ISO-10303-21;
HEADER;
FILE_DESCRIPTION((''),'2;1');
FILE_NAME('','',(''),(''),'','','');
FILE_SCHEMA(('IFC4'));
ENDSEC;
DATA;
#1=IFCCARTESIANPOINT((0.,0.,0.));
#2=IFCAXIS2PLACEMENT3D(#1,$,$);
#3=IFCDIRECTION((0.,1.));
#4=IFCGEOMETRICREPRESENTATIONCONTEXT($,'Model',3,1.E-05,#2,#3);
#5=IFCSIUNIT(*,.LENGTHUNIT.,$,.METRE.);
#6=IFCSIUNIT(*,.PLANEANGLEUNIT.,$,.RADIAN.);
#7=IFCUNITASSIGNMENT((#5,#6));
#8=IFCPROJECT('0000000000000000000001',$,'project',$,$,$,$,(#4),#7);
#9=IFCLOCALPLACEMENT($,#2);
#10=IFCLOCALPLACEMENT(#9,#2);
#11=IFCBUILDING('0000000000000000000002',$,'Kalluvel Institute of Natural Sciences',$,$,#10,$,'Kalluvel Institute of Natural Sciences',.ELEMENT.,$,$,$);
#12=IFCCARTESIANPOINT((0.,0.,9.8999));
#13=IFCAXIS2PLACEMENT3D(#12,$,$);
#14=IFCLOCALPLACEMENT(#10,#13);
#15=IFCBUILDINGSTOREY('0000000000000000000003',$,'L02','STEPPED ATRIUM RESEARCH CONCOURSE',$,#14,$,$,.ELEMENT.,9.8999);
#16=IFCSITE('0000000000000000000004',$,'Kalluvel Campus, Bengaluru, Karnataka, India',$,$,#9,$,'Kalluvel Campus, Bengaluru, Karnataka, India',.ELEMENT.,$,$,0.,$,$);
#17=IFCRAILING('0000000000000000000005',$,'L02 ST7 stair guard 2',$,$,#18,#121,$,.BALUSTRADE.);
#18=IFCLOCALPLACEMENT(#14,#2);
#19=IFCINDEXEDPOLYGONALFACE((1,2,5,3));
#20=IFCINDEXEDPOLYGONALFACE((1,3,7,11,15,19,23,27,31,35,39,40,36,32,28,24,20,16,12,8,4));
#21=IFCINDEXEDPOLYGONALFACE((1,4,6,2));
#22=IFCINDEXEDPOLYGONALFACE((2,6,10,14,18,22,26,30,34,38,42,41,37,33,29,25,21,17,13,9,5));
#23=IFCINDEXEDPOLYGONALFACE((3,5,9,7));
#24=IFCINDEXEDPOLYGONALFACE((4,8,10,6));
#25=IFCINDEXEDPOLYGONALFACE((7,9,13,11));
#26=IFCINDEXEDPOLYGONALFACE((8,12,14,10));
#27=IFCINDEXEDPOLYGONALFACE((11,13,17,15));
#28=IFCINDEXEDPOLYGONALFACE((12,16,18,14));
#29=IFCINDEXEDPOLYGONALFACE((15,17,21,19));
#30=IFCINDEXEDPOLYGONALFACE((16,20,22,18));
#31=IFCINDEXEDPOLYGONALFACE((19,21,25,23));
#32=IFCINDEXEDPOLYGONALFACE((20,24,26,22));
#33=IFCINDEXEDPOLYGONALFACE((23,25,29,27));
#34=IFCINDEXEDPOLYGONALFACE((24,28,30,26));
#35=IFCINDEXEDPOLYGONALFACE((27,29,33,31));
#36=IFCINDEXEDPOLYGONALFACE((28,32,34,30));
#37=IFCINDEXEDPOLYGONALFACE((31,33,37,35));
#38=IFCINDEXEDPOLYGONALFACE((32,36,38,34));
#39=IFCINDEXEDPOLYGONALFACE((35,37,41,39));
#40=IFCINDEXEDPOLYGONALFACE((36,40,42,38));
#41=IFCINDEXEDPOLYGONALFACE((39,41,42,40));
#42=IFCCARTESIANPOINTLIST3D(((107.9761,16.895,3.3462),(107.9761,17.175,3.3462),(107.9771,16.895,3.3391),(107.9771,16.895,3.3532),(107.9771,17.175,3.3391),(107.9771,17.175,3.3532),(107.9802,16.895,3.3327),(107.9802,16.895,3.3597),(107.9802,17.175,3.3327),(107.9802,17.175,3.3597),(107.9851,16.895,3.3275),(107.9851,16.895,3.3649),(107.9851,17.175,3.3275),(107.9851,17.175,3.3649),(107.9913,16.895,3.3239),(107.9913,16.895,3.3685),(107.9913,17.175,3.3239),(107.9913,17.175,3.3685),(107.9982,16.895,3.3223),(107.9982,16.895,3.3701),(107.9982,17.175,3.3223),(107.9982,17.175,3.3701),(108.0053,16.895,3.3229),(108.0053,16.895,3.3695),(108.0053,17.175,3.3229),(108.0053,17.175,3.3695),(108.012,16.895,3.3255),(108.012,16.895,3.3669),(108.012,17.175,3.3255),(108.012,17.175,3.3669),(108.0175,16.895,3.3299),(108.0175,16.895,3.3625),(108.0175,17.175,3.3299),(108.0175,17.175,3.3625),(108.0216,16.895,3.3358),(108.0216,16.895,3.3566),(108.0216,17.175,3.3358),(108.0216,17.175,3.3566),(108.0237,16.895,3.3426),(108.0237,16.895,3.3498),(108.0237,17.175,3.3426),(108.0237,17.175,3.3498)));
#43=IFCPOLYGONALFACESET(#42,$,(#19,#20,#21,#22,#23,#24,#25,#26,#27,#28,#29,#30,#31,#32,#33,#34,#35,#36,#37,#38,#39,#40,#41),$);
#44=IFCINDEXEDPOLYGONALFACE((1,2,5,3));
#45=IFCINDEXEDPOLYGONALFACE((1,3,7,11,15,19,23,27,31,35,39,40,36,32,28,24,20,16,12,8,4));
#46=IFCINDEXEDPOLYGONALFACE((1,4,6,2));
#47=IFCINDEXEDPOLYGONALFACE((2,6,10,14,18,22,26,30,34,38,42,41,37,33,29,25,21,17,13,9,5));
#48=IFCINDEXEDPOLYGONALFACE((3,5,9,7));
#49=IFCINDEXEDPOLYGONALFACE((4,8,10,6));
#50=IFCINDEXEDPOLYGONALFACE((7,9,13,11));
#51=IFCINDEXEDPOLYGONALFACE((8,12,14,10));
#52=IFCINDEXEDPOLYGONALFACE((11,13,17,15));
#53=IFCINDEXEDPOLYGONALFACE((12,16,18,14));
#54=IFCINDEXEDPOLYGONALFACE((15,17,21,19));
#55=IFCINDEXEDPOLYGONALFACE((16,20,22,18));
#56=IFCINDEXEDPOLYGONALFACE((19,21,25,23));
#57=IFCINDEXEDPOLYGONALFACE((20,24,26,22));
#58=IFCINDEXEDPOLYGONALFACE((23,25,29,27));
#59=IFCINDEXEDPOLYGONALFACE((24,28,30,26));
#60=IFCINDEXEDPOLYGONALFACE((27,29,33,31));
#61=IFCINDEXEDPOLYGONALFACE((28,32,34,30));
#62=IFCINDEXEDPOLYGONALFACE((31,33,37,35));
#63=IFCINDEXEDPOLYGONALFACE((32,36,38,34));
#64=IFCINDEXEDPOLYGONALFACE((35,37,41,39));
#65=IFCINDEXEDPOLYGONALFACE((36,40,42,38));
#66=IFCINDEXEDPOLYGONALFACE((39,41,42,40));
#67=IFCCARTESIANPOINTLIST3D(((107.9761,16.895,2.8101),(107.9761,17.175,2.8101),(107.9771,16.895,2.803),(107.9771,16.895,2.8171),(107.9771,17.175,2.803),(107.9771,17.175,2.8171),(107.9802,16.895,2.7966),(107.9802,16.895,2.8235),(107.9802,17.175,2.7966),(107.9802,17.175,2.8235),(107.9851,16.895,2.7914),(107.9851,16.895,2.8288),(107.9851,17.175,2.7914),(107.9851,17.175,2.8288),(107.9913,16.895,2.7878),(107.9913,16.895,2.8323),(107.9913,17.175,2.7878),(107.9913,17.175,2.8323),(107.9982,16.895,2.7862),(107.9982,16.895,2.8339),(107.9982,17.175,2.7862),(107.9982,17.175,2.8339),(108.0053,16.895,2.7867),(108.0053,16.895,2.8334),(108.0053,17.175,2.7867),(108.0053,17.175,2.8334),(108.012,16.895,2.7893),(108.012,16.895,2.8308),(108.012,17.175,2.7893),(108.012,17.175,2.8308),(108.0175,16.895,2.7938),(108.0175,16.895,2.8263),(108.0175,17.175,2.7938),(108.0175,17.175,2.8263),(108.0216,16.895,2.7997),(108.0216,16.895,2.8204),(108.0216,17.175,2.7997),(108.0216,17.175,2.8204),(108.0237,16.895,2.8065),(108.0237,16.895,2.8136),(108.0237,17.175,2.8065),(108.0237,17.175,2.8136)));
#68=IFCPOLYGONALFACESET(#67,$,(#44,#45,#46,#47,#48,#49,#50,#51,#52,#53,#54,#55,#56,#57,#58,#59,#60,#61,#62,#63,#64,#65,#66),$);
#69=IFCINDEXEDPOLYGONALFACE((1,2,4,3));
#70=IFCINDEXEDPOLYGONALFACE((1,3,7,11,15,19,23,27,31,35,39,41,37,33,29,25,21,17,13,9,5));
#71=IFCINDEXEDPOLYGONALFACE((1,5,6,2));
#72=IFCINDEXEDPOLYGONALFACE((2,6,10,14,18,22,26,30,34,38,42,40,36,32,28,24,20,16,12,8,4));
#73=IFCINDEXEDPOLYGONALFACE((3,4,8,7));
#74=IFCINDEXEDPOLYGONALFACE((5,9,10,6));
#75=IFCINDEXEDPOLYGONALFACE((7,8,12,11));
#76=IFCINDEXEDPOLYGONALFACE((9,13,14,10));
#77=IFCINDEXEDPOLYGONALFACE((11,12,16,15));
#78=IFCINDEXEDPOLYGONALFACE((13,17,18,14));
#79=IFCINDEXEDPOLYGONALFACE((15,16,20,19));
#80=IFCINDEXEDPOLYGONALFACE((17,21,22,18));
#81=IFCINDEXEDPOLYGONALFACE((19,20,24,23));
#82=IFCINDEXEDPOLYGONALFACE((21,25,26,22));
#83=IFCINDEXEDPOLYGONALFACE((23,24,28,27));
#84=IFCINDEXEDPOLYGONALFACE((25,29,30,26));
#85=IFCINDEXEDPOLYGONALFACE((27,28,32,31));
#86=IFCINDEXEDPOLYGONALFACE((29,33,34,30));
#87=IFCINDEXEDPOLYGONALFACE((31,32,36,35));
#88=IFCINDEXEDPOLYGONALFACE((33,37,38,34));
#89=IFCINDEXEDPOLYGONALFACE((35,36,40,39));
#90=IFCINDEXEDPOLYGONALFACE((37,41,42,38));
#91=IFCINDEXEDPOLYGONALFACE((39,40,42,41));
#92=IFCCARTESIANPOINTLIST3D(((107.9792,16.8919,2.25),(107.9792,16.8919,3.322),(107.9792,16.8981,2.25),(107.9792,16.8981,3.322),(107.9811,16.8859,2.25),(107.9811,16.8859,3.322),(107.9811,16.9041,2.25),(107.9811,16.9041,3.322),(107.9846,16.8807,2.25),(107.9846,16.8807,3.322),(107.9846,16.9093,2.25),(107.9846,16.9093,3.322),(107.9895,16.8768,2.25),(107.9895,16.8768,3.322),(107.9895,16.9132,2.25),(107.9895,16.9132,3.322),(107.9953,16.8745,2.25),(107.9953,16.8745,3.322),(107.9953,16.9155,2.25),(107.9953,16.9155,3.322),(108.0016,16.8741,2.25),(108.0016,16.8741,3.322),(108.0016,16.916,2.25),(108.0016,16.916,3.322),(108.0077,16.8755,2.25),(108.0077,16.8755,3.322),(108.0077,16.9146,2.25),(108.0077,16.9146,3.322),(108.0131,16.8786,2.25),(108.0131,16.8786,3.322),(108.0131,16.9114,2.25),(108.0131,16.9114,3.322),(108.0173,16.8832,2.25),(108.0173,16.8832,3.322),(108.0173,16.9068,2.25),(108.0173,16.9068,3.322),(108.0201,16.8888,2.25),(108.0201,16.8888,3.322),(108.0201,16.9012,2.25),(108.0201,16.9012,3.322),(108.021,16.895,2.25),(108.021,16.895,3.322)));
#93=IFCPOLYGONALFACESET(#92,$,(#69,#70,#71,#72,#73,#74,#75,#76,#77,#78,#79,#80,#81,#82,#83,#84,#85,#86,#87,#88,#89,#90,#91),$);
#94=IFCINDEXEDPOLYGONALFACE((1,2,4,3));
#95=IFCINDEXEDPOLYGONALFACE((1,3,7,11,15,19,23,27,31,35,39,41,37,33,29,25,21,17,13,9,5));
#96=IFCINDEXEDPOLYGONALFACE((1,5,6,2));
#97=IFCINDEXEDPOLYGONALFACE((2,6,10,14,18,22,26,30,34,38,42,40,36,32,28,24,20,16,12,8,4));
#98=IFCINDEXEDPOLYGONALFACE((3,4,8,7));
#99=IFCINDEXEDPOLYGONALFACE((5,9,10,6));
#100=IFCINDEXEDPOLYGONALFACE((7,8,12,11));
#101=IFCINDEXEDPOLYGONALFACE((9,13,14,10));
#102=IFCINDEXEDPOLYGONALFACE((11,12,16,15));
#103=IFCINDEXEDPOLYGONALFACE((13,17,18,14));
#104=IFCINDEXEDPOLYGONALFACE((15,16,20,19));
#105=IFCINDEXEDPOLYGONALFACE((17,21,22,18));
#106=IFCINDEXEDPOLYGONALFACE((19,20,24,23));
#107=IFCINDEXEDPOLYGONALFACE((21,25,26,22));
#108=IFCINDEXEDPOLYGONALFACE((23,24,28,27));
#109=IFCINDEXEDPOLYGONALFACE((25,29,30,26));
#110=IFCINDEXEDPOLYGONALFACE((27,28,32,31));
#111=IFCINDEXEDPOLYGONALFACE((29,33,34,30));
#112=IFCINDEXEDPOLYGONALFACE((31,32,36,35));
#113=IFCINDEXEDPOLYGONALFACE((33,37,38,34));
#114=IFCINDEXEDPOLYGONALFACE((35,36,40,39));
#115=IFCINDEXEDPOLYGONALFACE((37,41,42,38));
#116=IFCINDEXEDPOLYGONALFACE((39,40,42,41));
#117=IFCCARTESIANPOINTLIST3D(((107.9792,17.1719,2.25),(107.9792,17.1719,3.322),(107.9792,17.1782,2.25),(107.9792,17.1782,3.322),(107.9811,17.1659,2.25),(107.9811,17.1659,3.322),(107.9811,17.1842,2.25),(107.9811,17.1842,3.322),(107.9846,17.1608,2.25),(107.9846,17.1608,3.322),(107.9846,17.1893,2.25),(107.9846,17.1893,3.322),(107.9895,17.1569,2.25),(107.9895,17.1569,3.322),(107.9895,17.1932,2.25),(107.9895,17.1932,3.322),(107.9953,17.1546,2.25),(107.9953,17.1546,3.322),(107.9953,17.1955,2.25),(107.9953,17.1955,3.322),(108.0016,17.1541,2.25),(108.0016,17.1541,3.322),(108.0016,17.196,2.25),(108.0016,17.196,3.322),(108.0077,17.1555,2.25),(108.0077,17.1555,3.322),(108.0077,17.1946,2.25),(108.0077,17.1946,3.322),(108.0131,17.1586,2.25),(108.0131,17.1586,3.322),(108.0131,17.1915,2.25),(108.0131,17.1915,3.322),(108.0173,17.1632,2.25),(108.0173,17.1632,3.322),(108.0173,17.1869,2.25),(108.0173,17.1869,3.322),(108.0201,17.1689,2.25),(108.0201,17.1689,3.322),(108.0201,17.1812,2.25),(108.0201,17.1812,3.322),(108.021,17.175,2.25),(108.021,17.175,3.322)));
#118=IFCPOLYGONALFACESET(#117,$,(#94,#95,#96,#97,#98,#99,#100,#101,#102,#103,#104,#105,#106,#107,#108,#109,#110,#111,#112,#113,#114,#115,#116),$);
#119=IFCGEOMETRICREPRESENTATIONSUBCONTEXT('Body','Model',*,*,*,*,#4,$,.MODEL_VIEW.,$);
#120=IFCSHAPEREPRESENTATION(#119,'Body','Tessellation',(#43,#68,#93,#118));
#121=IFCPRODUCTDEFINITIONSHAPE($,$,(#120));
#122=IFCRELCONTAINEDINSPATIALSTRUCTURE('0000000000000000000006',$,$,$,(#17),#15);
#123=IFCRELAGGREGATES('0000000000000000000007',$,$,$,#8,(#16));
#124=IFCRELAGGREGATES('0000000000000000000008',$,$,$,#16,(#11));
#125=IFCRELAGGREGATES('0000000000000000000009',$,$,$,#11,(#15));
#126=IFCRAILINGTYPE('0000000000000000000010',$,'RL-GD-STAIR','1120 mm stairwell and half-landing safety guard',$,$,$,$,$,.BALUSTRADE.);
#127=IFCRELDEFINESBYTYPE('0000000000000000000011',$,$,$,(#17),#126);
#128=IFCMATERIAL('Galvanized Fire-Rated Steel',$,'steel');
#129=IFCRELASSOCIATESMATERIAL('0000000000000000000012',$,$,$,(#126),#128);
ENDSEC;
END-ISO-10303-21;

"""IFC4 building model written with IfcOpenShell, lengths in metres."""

from ifc_helpers import new_model, si_unit, direction, frame, origin, origin_2d, place, context, subcontext, project, spatial, circle, extrude, material, type_object, element, save


model = new_model("IFC4")

# Units and contexts
model_context = context("Model", 3, precision=1e-05, world=origin(), true_north=direction((0.0, 1.0)))
body_context = subcontext(model_context, "Body", "Model", "MODEL_VIEW")
ifc_project = project(units=[si_unit("LENGTHUNIT", "METRE"), si_unit("PLANEANGLEUNIT", "RADIAN")], contexts=[model_context])

# Site, building, storey
site_placement = place(None, origin())
site = spatial("IfcSite", under=ifc_project, at=site_placement, Name="Kalluvel Campus, Bengaluru, Karnataka, India", LongName="Kalluvel Campus, Bengaluru, Karnataka, India", CompositionType="ELEMENT", RefElevation=0.0)
building_placement = place(site_placement, origin())
building = spatial("IfcBuilding", under=site, at=building_placement, Name="Kalluvel Institute of Natural Sciences", LongName="Kalluvel Institute of Natural Sciences", CompositionType="ELEMENT")
storey_placement = place(building_placement, frame((0.0, 0.0, 9.8999)))
storey = spatial("IfcBuildingStorey", under=building, at=storey_placement, Name="L02", Description="STEPPED ATRIUM RESEARCH CONCOURSE", CompositionType="ELEMENT", Elevation=9.8999)

# Shared definitions
ifc_material_1 = material(Name="Galvanized Fire-Rated Steel", Category="steel")

# Railing
railing_type_1 = type_object("IfcRailingType", Name="RL-GD-STAIR", Description="1120 mm stairwell and half-landing safety guard", PredefinedType="BALUSTRADE", material=ifc_material_1)
railing_1_placement = place(storey_placement, frame((108.0, 16.895, 2.25)))
element("IfcRailing", 1, at=railing_1_placement, inside=storey, type_object=railing_type_1, Name="L02 ST7 stair guard 2", PredefinedType="BALUSTRADE", context=body_context, shape_type="SweptSolid", body=[
    extrude(circle(Radius=0.0239, at=origin_2d()), frame((0.0, 0.0, 1.0962), z_axis=(0.0, 1.0, 0.0), x_axis=(-1.0, 0.0, 0.0)), (0.0, 0.0, 1.0), 0.28),
    extrude(circle(Radius=0.0239, at=origin_2d()), frame((0.0, 0.0, 0.5601), z_axis=(0.0, 1.0, 0.0), x_axis=(-1.0, 0.0, 0.0)), (0.0, 0.0, 1.0), 0.28),
    extrude(circle(Radius=0.021, at=origin_2d()), origin(), (0.0, 0.0, 1.0), 1.072),
    extrude(circle(Radius=0.021, at=origin_2d()), frame((0.0, 0.28, 0.0)), (0.0, 0.0, 1.0), 1.072),
])

save(model, "model.ifc")
